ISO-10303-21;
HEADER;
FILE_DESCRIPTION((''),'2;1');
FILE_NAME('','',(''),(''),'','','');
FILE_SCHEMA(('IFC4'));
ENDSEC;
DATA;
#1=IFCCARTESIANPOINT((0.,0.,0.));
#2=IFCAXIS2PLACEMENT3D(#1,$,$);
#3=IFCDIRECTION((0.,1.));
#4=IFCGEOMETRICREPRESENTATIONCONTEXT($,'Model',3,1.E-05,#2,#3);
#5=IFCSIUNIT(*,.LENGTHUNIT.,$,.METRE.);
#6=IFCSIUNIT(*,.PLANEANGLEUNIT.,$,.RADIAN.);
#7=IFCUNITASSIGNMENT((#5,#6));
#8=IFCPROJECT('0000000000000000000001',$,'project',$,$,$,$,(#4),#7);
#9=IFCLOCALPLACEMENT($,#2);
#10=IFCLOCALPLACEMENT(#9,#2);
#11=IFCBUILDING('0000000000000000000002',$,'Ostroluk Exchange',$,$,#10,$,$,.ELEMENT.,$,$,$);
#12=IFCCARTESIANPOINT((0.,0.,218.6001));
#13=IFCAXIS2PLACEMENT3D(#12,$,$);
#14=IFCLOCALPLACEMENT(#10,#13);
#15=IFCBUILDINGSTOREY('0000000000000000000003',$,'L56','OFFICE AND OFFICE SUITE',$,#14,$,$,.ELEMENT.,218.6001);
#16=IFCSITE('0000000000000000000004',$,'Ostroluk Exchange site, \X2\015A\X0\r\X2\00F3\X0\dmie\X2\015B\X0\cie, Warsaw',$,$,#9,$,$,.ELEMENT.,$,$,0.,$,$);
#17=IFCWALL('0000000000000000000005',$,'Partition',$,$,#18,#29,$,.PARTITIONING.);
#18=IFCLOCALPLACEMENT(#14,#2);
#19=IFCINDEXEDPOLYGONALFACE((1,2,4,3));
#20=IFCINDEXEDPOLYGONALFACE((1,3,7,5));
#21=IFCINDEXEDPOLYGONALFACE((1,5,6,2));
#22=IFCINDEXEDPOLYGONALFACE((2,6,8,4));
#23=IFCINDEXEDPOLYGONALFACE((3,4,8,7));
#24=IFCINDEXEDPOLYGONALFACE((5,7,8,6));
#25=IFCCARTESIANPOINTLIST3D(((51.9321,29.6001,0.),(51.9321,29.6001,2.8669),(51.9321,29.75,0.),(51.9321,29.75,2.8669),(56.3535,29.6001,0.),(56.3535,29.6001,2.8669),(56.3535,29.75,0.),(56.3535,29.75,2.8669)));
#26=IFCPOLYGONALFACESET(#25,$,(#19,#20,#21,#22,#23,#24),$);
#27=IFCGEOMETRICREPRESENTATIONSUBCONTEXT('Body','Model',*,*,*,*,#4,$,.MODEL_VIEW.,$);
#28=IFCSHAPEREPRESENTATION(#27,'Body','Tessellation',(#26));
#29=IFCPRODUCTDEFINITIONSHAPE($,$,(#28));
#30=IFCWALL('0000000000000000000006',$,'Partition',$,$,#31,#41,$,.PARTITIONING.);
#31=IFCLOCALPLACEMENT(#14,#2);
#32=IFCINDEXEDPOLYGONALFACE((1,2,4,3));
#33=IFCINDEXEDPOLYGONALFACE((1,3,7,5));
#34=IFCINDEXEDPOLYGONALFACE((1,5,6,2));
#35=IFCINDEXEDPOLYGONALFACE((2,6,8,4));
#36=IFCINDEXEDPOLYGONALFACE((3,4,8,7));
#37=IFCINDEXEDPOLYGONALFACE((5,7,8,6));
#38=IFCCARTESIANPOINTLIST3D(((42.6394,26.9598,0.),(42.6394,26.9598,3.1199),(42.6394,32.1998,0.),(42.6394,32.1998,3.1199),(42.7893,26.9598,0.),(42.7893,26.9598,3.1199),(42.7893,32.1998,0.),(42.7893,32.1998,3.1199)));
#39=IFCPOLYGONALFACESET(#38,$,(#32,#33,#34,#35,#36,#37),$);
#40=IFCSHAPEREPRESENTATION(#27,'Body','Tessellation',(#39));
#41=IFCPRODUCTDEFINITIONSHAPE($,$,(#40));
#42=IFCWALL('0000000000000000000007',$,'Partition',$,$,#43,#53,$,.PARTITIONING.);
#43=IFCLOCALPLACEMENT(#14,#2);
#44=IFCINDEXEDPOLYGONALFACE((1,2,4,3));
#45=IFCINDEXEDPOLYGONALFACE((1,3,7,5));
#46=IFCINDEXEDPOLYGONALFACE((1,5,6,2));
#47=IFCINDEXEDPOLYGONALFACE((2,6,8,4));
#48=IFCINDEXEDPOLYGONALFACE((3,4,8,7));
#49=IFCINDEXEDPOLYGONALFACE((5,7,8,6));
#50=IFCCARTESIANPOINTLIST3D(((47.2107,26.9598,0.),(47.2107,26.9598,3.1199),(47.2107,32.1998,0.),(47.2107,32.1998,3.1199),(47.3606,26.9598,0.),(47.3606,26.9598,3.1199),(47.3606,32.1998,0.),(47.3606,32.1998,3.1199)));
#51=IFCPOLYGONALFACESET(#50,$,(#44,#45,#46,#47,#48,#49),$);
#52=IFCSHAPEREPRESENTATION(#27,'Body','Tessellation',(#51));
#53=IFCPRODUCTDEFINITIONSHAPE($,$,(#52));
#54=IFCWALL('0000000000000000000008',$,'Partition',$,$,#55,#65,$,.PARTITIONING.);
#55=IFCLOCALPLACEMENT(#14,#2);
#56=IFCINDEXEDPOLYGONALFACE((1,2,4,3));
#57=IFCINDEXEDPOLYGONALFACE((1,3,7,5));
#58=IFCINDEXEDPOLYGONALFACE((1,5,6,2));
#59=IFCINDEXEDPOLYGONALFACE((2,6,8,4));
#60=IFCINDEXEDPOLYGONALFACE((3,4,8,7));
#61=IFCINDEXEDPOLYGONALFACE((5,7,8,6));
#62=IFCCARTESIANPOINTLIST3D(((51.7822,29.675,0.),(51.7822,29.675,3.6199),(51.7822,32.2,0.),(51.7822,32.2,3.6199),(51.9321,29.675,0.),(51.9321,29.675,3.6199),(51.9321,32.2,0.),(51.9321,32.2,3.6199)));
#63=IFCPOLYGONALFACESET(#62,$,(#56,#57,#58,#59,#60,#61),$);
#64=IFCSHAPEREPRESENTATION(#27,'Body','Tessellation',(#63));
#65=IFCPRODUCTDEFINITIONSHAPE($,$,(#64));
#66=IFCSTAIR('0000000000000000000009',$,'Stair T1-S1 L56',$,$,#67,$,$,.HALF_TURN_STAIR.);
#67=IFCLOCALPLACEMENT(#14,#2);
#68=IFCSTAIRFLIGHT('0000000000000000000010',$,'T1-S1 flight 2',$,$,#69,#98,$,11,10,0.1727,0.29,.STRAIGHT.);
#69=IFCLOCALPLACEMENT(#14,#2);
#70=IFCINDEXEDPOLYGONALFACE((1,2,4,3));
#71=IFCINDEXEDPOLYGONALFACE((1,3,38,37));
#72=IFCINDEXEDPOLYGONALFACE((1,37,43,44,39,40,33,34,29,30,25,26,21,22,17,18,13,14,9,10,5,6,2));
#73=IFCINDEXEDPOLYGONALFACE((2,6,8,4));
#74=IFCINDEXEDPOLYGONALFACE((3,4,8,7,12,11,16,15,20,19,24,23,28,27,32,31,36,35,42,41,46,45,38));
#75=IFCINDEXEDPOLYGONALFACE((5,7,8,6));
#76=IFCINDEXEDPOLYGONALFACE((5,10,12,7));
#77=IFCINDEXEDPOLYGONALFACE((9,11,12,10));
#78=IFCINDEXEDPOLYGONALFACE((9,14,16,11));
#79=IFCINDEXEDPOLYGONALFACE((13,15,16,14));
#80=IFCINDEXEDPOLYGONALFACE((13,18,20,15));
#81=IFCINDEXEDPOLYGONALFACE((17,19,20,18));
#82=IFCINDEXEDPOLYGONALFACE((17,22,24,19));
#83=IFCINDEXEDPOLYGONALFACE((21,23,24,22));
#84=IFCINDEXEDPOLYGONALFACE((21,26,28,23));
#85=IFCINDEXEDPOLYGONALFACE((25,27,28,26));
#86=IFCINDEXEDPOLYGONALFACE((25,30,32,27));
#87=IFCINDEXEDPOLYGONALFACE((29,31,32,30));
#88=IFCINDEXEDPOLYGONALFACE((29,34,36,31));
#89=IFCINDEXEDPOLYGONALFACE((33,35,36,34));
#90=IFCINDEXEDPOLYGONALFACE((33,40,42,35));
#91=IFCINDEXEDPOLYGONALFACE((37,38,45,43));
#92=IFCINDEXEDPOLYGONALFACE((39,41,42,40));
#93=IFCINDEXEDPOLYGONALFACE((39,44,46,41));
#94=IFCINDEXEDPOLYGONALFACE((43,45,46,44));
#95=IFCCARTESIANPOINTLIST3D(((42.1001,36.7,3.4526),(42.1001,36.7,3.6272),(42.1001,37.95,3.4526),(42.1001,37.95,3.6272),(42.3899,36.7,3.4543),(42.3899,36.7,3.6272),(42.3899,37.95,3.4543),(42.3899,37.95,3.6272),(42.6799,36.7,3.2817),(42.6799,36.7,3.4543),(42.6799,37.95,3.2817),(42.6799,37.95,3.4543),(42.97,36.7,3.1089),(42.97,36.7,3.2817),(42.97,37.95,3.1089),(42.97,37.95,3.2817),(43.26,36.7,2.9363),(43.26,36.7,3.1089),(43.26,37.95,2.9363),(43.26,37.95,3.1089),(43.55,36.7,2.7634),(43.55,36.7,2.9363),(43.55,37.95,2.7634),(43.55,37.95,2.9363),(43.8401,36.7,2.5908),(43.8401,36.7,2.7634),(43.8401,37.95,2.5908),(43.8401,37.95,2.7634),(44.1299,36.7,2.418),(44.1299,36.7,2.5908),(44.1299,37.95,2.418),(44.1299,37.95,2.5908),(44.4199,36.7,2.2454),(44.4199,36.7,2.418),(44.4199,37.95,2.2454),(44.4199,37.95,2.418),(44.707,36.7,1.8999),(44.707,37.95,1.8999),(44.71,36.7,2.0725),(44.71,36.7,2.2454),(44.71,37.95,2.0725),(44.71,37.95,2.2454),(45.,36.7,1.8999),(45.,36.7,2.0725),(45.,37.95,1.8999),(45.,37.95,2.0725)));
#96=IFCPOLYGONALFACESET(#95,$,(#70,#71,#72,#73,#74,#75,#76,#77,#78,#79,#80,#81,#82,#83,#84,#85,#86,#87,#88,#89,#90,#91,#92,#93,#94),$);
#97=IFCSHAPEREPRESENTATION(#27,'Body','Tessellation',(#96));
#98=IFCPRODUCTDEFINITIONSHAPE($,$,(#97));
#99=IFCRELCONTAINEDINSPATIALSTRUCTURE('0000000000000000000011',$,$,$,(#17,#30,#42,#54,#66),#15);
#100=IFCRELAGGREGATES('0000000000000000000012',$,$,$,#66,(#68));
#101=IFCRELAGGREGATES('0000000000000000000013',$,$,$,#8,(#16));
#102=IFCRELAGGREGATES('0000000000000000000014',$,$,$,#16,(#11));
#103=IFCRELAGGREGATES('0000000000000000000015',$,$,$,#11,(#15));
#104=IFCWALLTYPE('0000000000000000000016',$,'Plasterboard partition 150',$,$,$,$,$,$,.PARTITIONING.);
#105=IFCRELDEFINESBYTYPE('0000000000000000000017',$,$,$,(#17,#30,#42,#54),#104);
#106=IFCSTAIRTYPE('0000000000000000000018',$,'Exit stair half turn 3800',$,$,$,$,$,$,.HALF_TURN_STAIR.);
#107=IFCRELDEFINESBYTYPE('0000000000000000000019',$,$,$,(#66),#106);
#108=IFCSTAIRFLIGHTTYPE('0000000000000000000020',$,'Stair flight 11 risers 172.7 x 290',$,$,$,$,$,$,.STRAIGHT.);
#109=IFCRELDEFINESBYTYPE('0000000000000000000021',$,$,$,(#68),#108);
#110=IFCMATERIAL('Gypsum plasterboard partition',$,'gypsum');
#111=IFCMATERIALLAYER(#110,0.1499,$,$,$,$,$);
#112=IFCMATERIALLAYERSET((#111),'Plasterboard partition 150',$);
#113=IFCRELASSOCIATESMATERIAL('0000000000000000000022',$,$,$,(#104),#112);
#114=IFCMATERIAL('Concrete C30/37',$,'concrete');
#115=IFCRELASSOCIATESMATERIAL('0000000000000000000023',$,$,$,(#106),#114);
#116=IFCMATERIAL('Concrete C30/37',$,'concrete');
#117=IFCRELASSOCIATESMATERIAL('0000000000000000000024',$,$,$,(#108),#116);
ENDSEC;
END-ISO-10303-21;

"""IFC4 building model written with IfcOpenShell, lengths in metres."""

from ifc_helpers import new_model, si_unit, direction, frame, frame_2d, origin, place, context, subcontext, project, spatial, polyline, rectangle, outline, extrude, material, layer, layer_set, type_object, element, aggregate, save


model = new_model("IFC4")

# Units and contexts
model_context = context("Model", 3, precision=1e-05, world=origin(), true_north=direction((0.0, 1.0)))
body_context = subcontext(model_context, "Body", "Model", "MODEL_VIEW")
ifc_project = project(units=[si_unit("LENGTHUNIT", "METRE"), si_unit("PLANEANGLEUNIT", "RADIAN")], contexts=[model_context])

# Site, building, storey
site_placement = place(None, origin())
site = spatial("IfcSite", under=ifc_project, at=site_placement, Name="Ostroluk Exchange site, Śródmieście, Warsaw", CompositionType="ELEMENT", RefElevation=0.0)
building_placement = place(site_placement, origin())
building = spatial("IfcBuilding", under=site, at=building_placement, Name="Ostroluk Exchange", CompositionType="ELEMENT")
storey_placement = place(building_placement, frame((0.0, 0.0, 218.6001)))
storey = spatial("IfcBuildingStorey", under=building, at=storey_placement, Name="L56", Description="OFFICE AND OFFICE SUITE", CompositionType="ELEMENT", Elevation=218.6001)

# Walls
ifc_material_1 = material(Name="Gypsum plasterboard partition", Category="gypsum")
ifc_layer_1 = layer(ifc_material_1, 0.1499)
ifc_layer_set_1 = layer_set([ifc_layer_1], Name="Plasterboard partition 150")
wall_type_1 = type_object("IfcWallType", Name="Plasterboard partition 150", PredefinedType="PARTITIONING", material=ifc_layer_set_1)
wall_1_placement = place(storey_placement, frame((51.9321, 29.675, 0.0), z_axis=(0.0, 0.0, 1.0), x_axis=(1.0, 0.0, 0.0)))
element("IfcWall", 1, at=wall_1_placement, inside=storey, type_object=wall_type_1, Name="Partition", PredefinedType="PARTITIONING", context=body_context, shape_type="SweptSolid", body=[
    extrude(rectangle(XDim=4.4214, YDim=0.1499, at=frame_2d((2.2107, 0.0))), origin(), (0.0, 0.0, 1.0), 2.8669),
])
for number, where, z_axis, x_axis, name in (
    (2, (42.7144, 32.2, 0.0), (0.0, 0.0, 1.0), (0.0, -1.0, 0.0), "Partition"),
    (3, (47.2856, 32.2, 0.0), (0.0, 0.0, 1.0), (0.0, -1.0, 0.0), "Partition"),
):
    element("IfcWall", number, at=place(storey_placement, frame(where, z_axis=z_axis, x_axis=x_axis)), inside=storey, type_object=wall_type_1, Name=name, PredefinedType="PARTITIONING", context=body_context, shape_type="SweptSolid", body=[
        extrude(rectangle(XDim=5.24, YDim=0.1499, at=frame_2d((2.6201, 0.0))), origin(), (0.0, 0.0, 1.0), 3.1199),
    ])
wall_2_placement = place(storey_placement, frame((51.8572, 32.2, 0.0), z_axis=(0.0, 0.0, 1.0), x_axis=(0.0, -1.0, 0.0)))
element("IfcWall", 4, at=wall_2_placement, inside=storey, type_object=wall_type_1, Name="Partition", PredefinedType="PARTITIONING", context=body_context, shape_type="SweptSolid", body=[
    extrude(rectangle(XDim=2.5249, YDim=0.1499, at=frame_2d((1.2625, 0.0))), origin(), (0.0, 0.0, 1.0), 3.6199),
])

# Stair, stair flight
ifc_material_2 = material(Name="Concrete C30/37", Category="concrete")
stair_type = type_object("IfcStairType", Name="Exit stair half turn 3800", PredefinedType="HALF_TURN_STAIR", material=ifc_material_2)
stair_placement = place(storey_placement, origin())
stair = element("IfcStair", 5, at=stair_placement, inside=storey, type_object=stair_type, Name="Stair T1-S1 L56", PredefinedType="HALF_TURN_STAIR")
ifc_material_3 = material(Name="Concrete C30/37", Category="concrete")
stair_flight_type = type_object("IfcStairFlightType", Name="Stair flight 11 risers 172.7 x 290", PredefinedType="STRAIGHT", material=ifc_material_3)
stair_flight_placement = place(storey_placement, frame((45.0, 37.325, 1.8999), z_axis=(0.0, 0.0, 1.0), x_axis=(-1.0, 0.0, 0.0)))
stair_flight = element("IfcStairFlight", 6, at=stair_flight_placement, type_object=stair_flight_type, Name="T1-S1 flight 2", NumberOfRisers=11, NumberOfTreads=10, PredefinedType="STRAIGHT", RiserHeight=0.1727, TreadLength=0.29, context=body_context, shape_type="SweptSolid", body=[
    extrude(outline(polyline([(0.0, 0.0), (0.0, 0.1726), (0.29, 0.1726), (0.29, 0.3455), (0.5801, 0.3455), (0.5801, 0.5181), (0.8701, 0.5181), (0.8701, 0.6909), (1.1599, 0.6909), (1.1599, 0.8635), (1.45, 0.8635), (1.45, 1.0364), (1.74, 1.0364), (1.74, 1.209), (2.03, 1.209), (2.03, 1.3818), (2.3201, 1.3818), (2.3201, 1.5544), (2.6101, 1.5544), (2.6101, 1.7273), (2.8999, 1.7273), (2.8999, 1.8999), (2.8999, 1.5527), (0.293, 0.0), (0.0, 0.0)])), frame((0.0, 0.625, 0.0), z_axis=(0.0, -1.0, 0.0), x_axis=(1.0, 0.0, 0.0)), (0.0, 0.0, 1.0), 1.25),
])
aggregate(stair, [stair_flight])

save(model, "model.ifc")
